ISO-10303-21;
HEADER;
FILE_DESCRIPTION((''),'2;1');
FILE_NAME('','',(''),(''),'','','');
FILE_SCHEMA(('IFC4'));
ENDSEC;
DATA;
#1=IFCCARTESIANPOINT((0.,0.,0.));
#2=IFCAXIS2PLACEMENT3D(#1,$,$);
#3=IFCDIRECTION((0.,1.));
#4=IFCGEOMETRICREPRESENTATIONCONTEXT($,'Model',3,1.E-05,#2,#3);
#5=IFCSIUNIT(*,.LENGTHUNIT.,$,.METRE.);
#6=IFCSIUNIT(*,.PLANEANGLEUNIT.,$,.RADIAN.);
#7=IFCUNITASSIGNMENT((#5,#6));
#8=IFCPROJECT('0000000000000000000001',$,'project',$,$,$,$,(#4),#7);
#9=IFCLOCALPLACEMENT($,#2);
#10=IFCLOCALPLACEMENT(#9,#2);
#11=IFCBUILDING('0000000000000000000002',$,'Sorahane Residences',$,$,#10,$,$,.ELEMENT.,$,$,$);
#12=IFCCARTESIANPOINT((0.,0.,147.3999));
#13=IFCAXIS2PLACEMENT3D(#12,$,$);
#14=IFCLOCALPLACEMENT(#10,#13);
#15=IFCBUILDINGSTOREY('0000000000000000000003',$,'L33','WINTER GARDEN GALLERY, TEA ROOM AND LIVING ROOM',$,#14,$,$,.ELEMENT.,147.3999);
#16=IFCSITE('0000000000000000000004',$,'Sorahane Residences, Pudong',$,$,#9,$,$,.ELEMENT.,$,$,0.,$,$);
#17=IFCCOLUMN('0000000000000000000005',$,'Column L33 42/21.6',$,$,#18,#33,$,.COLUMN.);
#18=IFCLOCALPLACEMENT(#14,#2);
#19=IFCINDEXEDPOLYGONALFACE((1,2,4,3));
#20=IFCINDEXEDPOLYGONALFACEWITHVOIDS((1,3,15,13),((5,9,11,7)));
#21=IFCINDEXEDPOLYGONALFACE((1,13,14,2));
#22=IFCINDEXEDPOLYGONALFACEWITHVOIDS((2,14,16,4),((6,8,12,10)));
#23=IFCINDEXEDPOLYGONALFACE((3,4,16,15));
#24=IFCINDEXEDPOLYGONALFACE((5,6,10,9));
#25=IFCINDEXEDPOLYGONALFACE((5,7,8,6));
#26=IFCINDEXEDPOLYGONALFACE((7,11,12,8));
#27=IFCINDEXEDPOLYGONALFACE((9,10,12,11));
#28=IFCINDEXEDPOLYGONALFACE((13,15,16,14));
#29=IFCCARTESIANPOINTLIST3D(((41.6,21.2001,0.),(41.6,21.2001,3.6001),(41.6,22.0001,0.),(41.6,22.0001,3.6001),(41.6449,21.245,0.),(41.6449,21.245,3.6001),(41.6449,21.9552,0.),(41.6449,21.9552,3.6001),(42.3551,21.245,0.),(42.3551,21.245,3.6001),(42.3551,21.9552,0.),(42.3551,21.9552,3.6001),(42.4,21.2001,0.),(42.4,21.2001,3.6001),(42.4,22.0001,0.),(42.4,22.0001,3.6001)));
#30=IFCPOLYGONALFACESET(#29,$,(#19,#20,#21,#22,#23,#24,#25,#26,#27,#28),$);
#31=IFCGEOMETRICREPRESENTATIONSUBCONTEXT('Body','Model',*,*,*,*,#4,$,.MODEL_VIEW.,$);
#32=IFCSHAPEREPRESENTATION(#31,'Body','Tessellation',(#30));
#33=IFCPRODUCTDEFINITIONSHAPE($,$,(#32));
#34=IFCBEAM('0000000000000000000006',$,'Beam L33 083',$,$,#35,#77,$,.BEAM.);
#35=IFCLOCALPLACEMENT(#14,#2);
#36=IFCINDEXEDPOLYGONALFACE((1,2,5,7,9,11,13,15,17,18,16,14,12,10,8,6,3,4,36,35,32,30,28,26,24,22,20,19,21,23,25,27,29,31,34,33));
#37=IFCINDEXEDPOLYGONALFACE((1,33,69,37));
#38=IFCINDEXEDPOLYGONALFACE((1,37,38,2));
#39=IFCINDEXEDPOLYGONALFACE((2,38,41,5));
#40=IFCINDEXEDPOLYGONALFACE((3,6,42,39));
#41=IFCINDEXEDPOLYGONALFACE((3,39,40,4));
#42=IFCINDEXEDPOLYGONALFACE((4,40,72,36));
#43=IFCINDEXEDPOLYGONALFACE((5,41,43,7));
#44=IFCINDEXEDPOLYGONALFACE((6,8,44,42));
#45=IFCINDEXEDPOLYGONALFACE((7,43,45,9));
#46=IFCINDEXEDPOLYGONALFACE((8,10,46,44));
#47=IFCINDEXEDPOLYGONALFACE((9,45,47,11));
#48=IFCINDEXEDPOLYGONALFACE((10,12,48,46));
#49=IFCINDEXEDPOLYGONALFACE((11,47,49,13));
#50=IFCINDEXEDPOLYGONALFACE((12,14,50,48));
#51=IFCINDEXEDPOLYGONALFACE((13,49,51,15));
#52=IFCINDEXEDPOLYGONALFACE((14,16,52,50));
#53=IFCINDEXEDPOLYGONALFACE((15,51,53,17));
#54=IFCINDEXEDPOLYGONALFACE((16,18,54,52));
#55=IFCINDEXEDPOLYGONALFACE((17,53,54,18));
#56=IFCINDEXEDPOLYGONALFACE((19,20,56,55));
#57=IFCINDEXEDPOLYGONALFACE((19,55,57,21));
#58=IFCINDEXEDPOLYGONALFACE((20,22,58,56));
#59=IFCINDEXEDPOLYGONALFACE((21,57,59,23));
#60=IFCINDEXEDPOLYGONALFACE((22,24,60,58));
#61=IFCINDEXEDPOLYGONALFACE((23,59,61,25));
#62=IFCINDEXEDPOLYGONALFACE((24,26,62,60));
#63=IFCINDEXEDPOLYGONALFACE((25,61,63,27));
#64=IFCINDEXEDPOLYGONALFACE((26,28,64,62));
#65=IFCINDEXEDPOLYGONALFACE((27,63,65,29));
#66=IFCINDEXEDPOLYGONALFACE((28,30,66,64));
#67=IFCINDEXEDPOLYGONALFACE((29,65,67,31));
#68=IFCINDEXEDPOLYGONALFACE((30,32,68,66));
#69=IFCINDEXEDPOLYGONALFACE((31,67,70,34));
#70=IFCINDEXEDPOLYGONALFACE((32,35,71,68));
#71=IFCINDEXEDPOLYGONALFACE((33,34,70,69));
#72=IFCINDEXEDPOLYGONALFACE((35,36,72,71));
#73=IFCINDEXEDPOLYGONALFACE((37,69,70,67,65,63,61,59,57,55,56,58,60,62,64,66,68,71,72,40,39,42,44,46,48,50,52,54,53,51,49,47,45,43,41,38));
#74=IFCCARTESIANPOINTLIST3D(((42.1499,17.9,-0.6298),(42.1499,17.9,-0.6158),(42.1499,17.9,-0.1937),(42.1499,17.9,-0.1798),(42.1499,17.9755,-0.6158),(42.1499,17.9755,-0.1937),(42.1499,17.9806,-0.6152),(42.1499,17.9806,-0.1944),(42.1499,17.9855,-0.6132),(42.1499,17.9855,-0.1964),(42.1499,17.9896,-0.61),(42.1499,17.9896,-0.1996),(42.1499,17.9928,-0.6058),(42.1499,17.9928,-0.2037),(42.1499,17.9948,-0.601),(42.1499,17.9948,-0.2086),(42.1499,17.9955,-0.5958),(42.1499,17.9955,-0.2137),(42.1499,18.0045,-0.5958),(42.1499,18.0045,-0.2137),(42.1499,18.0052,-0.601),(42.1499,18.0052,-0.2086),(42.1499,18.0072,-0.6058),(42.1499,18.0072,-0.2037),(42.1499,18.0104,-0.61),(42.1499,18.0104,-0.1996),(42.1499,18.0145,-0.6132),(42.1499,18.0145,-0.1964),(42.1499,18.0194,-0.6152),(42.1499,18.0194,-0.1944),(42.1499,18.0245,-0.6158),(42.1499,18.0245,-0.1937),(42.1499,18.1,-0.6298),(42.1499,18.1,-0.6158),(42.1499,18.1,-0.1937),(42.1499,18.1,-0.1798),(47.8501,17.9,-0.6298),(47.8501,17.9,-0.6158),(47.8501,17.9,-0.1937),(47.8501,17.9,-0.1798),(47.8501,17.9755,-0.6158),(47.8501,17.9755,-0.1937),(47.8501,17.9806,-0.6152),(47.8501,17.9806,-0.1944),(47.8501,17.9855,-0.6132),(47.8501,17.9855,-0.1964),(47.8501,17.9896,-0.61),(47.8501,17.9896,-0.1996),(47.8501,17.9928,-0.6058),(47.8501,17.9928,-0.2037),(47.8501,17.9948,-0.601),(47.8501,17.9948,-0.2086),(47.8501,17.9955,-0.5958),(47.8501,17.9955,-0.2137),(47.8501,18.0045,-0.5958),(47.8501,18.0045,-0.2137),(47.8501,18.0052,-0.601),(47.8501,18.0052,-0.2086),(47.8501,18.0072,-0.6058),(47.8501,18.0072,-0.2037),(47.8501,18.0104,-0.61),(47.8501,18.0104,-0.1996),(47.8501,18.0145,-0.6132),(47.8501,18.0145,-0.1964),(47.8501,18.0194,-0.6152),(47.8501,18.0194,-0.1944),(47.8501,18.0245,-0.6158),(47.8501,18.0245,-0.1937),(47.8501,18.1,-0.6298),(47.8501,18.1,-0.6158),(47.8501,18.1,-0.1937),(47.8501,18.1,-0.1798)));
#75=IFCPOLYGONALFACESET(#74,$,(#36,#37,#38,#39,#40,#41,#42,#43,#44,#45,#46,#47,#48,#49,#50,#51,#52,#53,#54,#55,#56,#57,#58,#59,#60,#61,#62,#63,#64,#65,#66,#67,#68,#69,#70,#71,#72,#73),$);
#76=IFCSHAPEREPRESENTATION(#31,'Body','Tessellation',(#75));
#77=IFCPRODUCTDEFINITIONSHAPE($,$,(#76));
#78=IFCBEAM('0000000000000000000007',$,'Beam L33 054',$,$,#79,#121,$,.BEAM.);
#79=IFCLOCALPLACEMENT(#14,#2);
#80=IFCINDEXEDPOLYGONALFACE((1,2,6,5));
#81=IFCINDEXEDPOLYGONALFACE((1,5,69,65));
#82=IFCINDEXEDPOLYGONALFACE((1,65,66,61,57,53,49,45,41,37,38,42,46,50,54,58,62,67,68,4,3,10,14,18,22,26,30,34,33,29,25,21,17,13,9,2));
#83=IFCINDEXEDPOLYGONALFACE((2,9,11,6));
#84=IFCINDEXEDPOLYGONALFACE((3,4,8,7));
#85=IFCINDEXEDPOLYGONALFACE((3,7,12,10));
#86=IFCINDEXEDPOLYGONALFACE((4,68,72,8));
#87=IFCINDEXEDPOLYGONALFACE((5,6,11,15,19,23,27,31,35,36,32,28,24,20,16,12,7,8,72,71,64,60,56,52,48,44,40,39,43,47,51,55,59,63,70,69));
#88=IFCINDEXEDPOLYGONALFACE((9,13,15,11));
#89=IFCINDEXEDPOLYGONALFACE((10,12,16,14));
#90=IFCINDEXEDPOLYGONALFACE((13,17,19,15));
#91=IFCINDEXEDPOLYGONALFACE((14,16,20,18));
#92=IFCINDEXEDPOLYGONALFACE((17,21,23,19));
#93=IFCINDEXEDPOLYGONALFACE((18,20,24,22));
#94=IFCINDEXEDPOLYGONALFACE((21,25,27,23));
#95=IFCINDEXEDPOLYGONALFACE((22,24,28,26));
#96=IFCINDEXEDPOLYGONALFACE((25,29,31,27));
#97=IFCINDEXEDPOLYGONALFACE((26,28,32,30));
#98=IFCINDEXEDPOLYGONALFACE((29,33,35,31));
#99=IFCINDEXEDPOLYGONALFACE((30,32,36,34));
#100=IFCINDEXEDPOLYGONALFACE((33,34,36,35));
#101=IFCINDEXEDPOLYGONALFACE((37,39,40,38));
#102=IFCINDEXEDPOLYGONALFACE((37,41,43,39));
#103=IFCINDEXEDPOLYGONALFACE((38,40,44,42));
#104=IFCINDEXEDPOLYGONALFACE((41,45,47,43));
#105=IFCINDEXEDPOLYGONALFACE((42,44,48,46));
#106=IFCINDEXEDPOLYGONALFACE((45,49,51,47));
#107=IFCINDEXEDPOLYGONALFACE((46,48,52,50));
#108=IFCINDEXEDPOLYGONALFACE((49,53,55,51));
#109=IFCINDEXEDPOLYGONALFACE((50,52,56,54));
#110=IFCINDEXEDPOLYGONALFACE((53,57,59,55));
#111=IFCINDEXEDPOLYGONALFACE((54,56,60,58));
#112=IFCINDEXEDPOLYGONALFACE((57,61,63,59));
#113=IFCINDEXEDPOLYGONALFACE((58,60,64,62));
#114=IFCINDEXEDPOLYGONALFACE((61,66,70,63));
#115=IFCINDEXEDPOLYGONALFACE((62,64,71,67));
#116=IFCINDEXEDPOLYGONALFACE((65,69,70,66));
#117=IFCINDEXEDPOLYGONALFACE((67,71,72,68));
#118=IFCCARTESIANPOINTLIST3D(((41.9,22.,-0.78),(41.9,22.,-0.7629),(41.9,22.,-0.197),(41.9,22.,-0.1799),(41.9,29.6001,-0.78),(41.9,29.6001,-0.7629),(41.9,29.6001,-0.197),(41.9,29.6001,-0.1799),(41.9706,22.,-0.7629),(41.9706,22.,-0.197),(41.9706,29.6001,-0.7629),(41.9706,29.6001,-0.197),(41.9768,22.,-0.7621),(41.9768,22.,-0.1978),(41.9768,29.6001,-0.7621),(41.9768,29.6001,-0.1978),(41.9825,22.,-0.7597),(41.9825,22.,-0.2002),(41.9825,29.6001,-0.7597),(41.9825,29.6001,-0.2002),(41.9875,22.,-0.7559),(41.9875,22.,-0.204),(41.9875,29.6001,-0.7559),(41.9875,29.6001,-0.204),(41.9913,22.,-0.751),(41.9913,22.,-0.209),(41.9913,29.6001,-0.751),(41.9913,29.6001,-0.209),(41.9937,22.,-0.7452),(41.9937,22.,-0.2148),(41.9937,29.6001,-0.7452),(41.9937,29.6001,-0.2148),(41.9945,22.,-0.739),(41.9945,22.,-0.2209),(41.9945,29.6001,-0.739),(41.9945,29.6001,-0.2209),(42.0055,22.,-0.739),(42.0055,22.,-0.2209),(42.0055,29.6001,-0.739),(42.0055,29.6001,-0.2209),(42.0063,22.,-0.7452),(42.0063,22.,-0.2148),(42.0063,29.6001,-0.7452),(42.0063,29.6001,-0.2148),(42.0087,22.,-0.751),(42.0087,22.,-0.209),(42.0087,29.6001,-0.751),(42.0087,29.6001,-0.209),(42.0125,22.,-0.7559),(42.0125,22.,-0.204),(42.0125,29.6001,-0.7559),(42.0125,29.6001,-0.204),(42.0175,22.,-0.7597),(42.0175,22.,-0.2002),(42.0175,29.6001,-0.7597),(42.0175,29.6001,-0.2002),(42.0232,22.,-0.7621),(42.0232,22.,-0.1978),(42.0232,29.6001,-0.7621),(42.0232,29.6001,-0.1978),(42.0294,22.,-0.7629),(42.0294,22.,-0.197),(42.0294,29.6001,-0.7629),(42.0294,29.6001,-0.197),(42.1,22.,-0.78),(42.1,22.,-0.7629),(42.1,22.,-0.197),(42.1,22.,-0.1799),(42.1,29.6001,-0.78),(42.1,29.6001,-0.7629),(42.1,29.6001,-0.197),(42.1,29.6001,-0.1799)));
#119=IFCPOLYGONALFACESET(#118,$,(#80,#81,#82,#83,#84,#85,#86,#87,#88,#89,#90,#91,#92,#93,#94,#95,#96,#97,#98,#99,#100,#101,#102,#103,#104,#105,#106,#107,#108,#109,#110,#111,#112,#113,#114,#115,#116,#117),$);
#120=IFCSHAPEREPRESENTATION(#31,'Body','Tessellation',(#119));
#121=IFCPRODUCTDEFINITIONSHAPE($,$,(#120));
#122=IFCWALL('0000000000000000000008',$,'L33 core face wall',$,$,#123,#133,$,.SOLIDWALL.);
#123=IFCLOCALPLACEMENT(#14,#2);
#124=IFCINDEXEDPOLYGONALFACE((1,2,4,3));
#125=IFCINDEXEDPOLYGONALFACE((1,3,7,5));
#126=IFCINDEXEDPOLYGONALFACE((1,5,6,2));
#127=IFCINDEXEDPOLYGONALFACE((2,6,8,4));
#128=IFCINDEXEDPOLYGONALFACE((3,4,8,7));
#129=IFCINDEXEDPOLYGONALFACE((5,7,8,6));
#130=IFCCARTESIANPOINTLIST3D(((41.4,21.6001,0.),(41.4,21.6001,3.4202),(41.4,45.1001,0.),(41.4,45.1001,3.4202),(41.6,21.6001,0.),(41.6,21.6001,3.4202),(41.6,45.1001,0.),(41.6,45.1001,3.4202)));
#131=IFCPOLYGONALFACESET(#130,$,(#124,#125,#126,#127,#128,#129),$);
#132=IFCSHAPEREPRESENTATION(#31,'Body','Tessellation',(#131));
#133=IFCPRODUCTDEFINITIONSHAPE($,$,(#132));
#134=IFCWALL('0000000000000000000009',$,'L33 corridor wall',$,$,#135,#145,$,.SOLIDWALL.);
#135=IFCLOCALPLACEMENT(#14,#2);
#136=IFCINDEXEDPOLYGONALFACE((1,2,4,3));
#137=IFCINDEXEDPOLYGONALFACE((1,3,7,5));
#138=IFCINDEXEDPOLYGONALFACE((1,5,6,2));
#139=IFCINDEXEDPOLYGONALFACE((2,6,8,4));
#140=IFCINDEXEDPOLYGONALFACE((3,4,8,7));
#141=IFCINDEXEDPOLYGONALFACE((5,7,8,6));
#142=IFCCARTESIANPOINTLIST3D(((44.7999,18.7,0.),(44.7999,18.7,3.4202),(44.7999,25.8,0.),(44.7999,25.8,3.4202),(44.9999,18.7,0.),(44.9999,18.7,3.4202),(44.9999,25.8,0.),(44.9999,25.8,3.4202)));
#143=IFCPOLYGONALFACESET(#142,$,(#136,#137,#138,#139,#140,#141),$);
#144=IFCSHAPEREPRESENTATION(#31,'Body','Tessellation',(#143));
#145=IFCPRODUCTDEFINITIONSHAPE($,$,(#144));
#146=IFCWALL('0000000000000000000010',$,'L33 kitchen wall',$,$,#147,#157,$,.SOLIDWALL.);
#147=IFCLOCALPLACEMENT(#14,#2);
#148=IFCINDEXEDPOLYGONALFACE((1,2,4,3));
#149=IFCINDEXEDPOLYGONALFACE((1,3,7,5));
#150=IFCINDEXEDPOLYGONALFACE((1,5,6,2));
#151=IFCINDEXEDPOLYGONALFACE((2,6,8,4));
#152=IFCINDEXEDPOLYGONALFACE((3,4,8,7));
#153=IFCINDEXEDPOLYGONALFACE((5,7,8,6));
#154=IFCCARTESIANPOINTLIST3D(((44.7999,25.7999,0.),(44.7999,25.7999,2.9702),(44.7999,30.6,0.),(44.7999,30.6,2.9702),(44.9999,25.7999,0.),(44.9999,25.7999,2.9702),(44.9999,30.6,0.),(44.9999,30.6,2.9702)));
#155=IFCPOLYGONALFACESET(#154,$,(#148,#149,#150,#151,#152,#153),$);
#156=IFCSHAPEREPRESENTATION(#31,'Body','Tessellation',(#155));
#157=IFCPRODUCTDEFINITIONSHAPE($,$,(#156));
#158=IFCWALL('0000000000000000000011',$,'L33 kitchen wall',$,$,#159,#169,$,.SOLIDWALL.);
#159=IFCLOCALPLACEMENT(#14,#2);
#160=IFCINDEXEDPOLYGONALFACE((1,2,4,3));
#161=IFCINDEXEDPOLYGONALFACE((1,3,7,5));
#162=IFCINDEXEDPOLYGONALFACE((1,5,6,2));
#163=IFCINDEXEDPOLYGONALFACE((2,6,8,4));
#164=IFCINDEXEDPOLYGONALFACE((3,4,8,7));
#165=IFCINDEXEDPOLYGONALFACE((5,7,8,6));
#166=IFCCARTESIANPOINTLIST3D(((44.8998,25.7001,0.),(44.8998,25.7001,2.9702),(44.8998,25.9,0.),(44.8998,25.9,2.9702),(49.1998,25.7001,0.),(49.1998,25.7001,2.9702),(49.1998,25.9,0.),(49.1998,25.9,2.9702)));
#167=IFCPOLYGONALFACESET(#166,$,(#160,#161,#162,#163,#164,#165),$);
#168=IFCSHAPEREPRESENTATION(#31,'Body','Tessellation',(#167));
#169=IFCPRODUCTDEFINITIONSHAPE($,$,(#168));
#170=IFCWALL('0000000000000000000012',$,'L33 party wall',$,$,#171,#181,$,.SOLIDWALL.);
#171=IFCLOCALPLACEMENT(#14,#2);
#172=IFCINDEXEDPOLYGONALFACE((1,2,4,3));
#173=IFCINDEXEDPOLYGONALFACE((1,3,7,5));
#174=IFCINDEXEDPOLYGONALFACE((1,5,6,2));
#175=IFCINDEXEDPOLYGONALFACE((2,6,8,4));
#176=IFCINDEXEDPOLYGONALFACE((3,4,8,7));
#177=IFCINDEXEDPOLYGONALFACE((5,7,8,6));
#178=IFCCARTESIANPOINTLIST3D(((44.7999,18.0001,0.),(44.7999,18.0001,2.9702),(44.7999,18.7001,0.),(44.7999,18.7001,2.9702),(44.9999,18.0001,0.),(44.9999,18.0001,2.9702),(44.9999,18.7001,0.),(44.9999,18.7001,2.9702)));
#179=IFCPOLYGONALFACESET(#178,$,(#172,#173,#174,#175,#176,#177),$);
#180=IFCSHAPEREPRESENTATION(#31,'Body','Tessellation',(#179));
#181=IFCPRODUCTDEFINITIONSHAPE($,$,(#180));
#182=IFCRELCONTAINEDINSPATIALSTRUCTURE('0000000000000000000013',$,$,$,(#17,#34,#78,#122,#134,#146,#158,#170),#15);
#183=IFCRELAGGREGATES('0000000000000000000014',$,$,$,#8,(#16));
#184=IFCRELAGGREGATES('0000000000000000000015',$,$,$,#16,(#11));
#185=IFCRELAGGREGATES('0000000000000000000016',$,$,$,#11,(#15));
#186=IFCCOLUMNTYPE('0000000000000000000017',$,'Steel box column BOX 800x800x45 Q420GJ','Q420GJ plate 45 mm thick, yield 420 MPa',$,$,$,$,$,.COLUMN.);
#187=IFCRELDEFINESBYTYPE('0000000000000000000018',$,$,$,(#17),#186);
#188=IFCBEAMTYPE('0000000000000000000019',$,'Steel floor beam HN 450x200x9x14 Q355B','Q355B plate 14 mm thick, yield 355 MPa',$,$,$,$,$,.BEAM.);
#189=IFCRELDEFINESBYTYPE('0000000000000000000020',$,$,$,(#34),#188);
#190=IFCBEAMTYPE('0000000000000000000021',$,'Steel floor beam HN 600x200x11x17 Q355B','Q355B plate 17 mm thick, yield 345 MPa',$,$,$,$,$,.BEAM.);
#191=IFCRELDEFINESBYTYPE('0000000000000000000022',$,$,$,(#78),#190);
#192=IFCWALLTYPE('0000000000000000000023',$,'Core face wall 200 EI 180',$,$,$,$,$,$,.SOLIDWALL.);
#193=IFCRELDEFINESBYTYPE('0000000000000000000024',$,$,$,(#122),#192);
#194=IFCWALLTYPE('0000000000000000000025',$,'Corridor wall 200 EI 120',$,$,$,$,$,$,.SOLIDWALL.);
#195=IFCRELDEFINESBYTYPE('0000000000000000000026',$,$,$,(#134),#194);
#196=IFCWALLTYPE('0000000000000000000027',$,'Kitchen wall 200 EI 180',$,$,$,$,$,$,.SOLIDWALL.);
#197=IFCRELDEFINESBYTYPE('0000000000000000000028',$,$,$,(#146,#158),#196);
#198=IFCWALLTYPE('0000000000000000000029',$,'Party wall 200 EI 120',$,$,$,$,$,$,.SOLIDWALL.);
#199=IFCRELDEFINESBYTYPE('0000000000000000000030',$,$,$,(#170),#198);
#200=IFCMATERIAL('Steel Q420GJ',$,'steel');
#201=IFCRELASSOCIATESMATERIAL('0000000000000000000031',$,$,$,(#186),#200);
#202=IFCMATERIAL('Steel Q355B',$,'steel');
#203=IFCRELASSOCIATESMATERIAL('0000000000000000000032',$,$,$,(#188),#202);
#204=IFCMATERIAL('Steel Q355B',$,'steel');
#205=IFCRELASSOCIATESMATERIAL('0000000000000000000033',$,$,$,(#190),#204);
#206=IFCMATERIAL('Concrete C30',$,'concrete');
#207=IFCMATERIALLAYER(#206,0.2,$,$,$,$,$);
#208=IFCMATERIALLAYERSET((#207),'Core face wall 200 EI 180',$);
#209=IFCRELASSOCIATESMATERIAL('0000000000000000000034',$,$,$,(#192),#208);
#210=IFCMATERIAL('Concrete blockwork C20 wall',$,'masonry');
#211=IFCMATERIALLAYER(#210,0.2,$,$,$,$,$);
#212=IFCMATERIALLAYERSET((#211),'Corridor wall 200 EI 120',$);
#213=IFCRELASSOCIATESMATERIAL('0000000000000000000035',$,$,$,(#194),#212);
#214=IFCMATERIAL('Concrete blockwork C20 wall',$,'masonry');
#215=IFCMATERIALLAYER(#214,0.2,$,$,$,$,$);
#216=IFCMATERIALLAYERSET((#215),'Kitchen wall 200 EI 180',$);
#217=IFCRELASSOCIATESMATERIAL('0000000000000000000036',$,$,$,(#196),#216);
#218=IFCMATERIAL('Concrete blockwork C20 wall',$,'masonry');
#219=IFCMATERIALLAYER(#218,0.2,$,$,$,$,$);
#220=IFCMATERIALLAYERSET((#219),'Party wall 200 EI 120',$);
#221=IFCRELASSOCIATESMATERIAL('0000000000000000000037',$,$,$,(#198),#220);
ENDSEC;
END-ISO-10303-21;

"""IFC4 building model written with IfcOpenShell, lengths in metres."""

from ifc_helpers import new_model, si_unit, direction, frame, frame_2d, origin, origin_2d, place, context, subcontext, project, spatial, rectangle, hollow_rectangle, i_section, extrude, material, layer, layer_set, material_profile, profile_set, type_object, element, save


model = new_model("IFC4")

# Units and contexts
model_context = context("Model", 3, precision=1e-05, world=origin(), true_north=direction((0.0, 1.0)))
body_context = subcontext(model_context, "Body", "Model", "MODEL_VIEW")
ifc_project = project(units=[si_unit("LENGTHUNIT", "METRE"), si_unit("PLANEANGLEUNIT", "RADIAN")], contexts=[model_context])

# Site, building, storey
site_placement = place(None, origin())
site = spatial("IfcSite", under=ifc_project, at=site_placement, Name="Sorahane Residences, Pudong", CompositionType="ELEMENT", RefElevation=0.0)
building_placement = place(site_placement, origin())
building = spatial("IfcBuilding", under=site, at=building_placement, Name="Sorahane Residences", CompositionType="ELEMENT")
storey_placement = place(building_placement, frame((0.0, 0.0, 147.3999)))
storey = spatial("IfcBuildingStorey", under=building, at=storey_placement, Name="L33", Description="WINTER GARDEN GALLERY, TEA ROOM AND LIVING ROOM", CompositionType="ELEMENT", Elevation=147.3999)

# Column
ifc_material_1 = material(Name="Steel Q420GJ", Category="steel")
ifc_material_profile_1 = material_profile(ifc_material_1, hollow_rectangle(XDim=0.8, YDim=0.8, WallThickness=0.0449, at=origin_2d()), Name="BOX 800x800x45")
ifc_profile_set_1 = profile_set([ifc_material_profile_1], Name="Steel Q420GJ")
column_type = type_object("IfcColumnType", Name="Steel box column BOX 800x800x45 Q420GJ", Description="Q420GJ plate 45 mm thick, yield 420 MPa", PredefinedType="COLUMN", material=ifc_profile_set_1)
column_placement = place(storey_placement, frame((42.0, 21.6001, 0.0), z_axis=(0.0, 0.0, 1.0), x_axis=(1.0, 0.0, 0.0)))
element("IfcColumn", 1, at=column_placement, inside=storey, type_object=column_type, Name="Column L33 42/21.6", PredefinedType="COLUMN", context=body_context, shape_type="SweptSolid", body=[
    extrude(hollow_rectangle(XDim=0.8, YDim=0.8, WallThickness=0.0449, at=origin_2d()), origin(), (0.0, 0.0, 1.0), 3.6001),
])

# Beams
ifc_material_2 = material(Name="Steel Q355B", Category="steel")
ifc_material_profile_2 = material_profile(ifc_material_2, i_section(OverallWidth=0.2, OverallDepth=0.45, WebThickness=0.009, FlangeThickness=0.0139, FilletRadius=0.02, at=origin_2d()), Name="HN 450x200x9x14")
ifc_profile_set_2 = profile_set([ifc_material_profile_2], Name="Steel Q355B")
beam_type_1 = type_object("IfcBeamType", Name="Steel floor beam HN 450x200x9x14 Q355B", Description="Q355B plate 14 mm thick, yield 355 MPa", PredefinedType="BEAM", material=ifc_profile_set_2)
beam_1_placement = place(storey_placement, frame((42.1499, 18.0, -0.4048), z_axis=(1.0, 0.0, 0.0), x_axis=(0.0, 1.0, 0.0)))
element("IfcBeam", 2, at=beam_1_placement, inside=storey, type_object=beam_type_1, Name="Beam L33 083", PredefinedType="BEAM", context=body_context, shape_type="SweptSolid", body=[
    extrude(i_section(OverallWidth=0.2, OverallDepth=0.45, WebThickness=0.009, FlangeThickness=0.0139, FilletRadius=0.02, at=origin_2d()), origin(), (0.0, 0.0, 1.0), 5.7002),
])
ifc_material_3 = material(Name="Steel Q355B", Category="steel")
ifc_material_profile_3 = material_profile(ifc_material_3, i_section(OverallWidth=0.2, OverallDepth=0.6001, WebThickness=0.011, FlangeThickness=0.0171, FilletRadius=0.0239, at=origin_2d()), Name="HN 600x200x11x17")
ifc_profile_set_3 = profile_set([ifc_material_profile_3], Name="Steel Q355B")
beam_type_2 = type_object("IfcBeamType", Name="Steel floor beam HN 600x200x11x17 Q355B", Description="Q355B plate 17 mm thick, yield 345 MPa", PredefinedType="BEAM", material=ifc_profile_set_3)
beam_2_placement = place(storey_placement, frame((42.0, 22.0, -0.48), z_axis=(0.0, 1.0, 0.0), x_axis=(-1.0, 0.0, 0.0)))
element("IfcBeam", 3, at=beam_2_placement, inside=storey, type_object=beam_type_2, Name="Beam L33 054", PredefinedType="BEAM", context=body_context, shape_type="SweptSolid", body=[
    extrude(i_section(OverallWidth=0.2, OverallDepth=0.6001, WebThickness=0.011, FlangeThickness=0.0171, FilletRadius=0.0239, at=origin_2d()), origin(), (0.0, 0.0, 1.0), 7.6001),
])

# Walls
ifc_material_4 = material(Name="Concrete C30", Category="concrete")
ifc_layer_1 = layer(ifc_material_4, 0.2)
ifc_layer_set_1 = layer_set([ifc_layer_1], Name="Core face wall 200 EI 180")
wall_type_1 = type_object("IfcWallType", Name="Core face wall 200 EI 180", PredefinedType="SOLIDWALL", material=ifc_layer_set_1)
wall_1_placement = place(storey_placement, frame((41.5, 21.6001, 0.0), z_axis=(0.0, 0.0, 1.0), x_axis=(0.0, 1.0, 0.0)))
element("IfcWall", 4, at=wall_1_placement, inside=storey, type_object=wall_type_1, Name="L33 core face wall", PredefinedType="SOLIDWALL", context=body_context, shape_type="SweptSolid", body=[
    extrude(rectangle(XDim=23.5, YDim=0.2, at=frame_2d((11.75, 0.0))), origin(), (0.0, 0.0, 1.0), 3.4202),
])
ifc_material_5 = material(Name="Concrete blockwork C20 wall", Category="masonry")
ifc_layer_2 = layer(ifc_material_5, 0.2)
ifc_layer_set_2 = layer_set([ifc_layer_2], Name="Corridor wall 200 EI 120")
wall_type_2 = type_object("IfcWallType", Name="Corridor wall 200 EI 120", PredefinedType="SOLIDWALL", material=ifc_layer_set_2)
wall_2_placement = place(storey_placement, frame((44.8999, 18.7, 0.0), z_axis=(0.0, 0.0, 1.0), x_axis=(0.0, 1.0, 0.0)))
element("IfcWall", 5, at=wall_2_placement, inside=storey, type_object=wall_type_2, Name="L33 corridor wall", PredefinedType="SOLIDWALL", context=body_context, shape_type="SweptSolid", body=[
    extrude(rectangle(XDim=7.1001, YDim=0.2, at=frame_2d((3.55, 0.0))), origin(), (0.0, 0.0, 1.0), 3.4202),
])
ifc_material_6 = material(Name="Concrete blockwork C20 wall", Category="masonry")
ifc_layer_3 = layer(ifc_material_6, 0.2)
ifc_layer_set_3 = layer_set([ifc_layer_3], Name="Kitchen wall 200 EI 180")
wall_type_3 = type_object("IfcWallType", Name="Kitchen wall 200 EI 180", PredefinedType="SOLIDWALL", material=ifc_layer_set_3)
wall_3_placement = place(storey_placement, frame((44.8999, 25.8, 0.0), z_axis=(0.0, 0.0, 1.0), x_axis=(0.0, 1.0, 0.0)))
element("IfcWall", 6, at=wall_3_placement, inside=storey, type_object=wall_type_3, Name="L33 kitchen wall", PredefinedType="SOLIDWALL", context=body_context, shape_type="SweptSolid", body=[
    extrude(rectangle(XDim=4.8, YDim=0.2, at=frame_2d((2.3999, 0.0))), origin(), (0.0, 0.0, 1.0), 2.9702),
])
wall_4_placement = place(storey_placement, frame((44.8999, 25.8, 0.0), z_axis=(0.0, 0.0, 1.0), x_axis=(1.0, 0.0, 0.0)))
element("IfcWall", 7, at=wall_4_placement, inside=storey, type_object=wall_type_3, Name="L33 kitchen wall", PredefinedType="SOLIDWALL", context=body_context, shape_type="SweptSolid", body=[
    extrude(rectangle(XDim=4.3, YDim=0.2, at=frame_2d((2.1499, 0.0))), origin(), (0.0, 0.0, 1.0), 2.9702),
])
ifc_material_7 = material(Name="Concrete blockwork C20 wall", Category="masonry")
ifc_layer_4 = layer(ifc_material_7, 0.2)
ifc_layer_set_4 = layer_set([ifc_layer_4], Name="Party wall 200 EI 120")
wall_type_4 = type_object("IfcWallType", Name="Party wall 200 EI 120", PredefinedType="SOLIDWALL", material=ifc_layer_set_4)
wall_5_placement = place(storey_placement, frame((44.8999, 18.0, 0.0), z_axis=(0.0, 0.0, 1.0), x_axis=(0.0, 1.0, 0.0)))
element("IfcWall", 8, at=wall_5_placement, inside=storey, type_object=wall_type_4, Name="L33 party wall", PredefinedType="SOLIDWALL", context=body_context, shape_type="SweptSolid", body=[
    extrude(rectangle(XDim=0.7, YDim=0.2, at=frame_2d((0.3501, 0.0))), origin(), (0.0, 0.0, 1.0), 2.9702),
])

save(model, "model.ifc")
